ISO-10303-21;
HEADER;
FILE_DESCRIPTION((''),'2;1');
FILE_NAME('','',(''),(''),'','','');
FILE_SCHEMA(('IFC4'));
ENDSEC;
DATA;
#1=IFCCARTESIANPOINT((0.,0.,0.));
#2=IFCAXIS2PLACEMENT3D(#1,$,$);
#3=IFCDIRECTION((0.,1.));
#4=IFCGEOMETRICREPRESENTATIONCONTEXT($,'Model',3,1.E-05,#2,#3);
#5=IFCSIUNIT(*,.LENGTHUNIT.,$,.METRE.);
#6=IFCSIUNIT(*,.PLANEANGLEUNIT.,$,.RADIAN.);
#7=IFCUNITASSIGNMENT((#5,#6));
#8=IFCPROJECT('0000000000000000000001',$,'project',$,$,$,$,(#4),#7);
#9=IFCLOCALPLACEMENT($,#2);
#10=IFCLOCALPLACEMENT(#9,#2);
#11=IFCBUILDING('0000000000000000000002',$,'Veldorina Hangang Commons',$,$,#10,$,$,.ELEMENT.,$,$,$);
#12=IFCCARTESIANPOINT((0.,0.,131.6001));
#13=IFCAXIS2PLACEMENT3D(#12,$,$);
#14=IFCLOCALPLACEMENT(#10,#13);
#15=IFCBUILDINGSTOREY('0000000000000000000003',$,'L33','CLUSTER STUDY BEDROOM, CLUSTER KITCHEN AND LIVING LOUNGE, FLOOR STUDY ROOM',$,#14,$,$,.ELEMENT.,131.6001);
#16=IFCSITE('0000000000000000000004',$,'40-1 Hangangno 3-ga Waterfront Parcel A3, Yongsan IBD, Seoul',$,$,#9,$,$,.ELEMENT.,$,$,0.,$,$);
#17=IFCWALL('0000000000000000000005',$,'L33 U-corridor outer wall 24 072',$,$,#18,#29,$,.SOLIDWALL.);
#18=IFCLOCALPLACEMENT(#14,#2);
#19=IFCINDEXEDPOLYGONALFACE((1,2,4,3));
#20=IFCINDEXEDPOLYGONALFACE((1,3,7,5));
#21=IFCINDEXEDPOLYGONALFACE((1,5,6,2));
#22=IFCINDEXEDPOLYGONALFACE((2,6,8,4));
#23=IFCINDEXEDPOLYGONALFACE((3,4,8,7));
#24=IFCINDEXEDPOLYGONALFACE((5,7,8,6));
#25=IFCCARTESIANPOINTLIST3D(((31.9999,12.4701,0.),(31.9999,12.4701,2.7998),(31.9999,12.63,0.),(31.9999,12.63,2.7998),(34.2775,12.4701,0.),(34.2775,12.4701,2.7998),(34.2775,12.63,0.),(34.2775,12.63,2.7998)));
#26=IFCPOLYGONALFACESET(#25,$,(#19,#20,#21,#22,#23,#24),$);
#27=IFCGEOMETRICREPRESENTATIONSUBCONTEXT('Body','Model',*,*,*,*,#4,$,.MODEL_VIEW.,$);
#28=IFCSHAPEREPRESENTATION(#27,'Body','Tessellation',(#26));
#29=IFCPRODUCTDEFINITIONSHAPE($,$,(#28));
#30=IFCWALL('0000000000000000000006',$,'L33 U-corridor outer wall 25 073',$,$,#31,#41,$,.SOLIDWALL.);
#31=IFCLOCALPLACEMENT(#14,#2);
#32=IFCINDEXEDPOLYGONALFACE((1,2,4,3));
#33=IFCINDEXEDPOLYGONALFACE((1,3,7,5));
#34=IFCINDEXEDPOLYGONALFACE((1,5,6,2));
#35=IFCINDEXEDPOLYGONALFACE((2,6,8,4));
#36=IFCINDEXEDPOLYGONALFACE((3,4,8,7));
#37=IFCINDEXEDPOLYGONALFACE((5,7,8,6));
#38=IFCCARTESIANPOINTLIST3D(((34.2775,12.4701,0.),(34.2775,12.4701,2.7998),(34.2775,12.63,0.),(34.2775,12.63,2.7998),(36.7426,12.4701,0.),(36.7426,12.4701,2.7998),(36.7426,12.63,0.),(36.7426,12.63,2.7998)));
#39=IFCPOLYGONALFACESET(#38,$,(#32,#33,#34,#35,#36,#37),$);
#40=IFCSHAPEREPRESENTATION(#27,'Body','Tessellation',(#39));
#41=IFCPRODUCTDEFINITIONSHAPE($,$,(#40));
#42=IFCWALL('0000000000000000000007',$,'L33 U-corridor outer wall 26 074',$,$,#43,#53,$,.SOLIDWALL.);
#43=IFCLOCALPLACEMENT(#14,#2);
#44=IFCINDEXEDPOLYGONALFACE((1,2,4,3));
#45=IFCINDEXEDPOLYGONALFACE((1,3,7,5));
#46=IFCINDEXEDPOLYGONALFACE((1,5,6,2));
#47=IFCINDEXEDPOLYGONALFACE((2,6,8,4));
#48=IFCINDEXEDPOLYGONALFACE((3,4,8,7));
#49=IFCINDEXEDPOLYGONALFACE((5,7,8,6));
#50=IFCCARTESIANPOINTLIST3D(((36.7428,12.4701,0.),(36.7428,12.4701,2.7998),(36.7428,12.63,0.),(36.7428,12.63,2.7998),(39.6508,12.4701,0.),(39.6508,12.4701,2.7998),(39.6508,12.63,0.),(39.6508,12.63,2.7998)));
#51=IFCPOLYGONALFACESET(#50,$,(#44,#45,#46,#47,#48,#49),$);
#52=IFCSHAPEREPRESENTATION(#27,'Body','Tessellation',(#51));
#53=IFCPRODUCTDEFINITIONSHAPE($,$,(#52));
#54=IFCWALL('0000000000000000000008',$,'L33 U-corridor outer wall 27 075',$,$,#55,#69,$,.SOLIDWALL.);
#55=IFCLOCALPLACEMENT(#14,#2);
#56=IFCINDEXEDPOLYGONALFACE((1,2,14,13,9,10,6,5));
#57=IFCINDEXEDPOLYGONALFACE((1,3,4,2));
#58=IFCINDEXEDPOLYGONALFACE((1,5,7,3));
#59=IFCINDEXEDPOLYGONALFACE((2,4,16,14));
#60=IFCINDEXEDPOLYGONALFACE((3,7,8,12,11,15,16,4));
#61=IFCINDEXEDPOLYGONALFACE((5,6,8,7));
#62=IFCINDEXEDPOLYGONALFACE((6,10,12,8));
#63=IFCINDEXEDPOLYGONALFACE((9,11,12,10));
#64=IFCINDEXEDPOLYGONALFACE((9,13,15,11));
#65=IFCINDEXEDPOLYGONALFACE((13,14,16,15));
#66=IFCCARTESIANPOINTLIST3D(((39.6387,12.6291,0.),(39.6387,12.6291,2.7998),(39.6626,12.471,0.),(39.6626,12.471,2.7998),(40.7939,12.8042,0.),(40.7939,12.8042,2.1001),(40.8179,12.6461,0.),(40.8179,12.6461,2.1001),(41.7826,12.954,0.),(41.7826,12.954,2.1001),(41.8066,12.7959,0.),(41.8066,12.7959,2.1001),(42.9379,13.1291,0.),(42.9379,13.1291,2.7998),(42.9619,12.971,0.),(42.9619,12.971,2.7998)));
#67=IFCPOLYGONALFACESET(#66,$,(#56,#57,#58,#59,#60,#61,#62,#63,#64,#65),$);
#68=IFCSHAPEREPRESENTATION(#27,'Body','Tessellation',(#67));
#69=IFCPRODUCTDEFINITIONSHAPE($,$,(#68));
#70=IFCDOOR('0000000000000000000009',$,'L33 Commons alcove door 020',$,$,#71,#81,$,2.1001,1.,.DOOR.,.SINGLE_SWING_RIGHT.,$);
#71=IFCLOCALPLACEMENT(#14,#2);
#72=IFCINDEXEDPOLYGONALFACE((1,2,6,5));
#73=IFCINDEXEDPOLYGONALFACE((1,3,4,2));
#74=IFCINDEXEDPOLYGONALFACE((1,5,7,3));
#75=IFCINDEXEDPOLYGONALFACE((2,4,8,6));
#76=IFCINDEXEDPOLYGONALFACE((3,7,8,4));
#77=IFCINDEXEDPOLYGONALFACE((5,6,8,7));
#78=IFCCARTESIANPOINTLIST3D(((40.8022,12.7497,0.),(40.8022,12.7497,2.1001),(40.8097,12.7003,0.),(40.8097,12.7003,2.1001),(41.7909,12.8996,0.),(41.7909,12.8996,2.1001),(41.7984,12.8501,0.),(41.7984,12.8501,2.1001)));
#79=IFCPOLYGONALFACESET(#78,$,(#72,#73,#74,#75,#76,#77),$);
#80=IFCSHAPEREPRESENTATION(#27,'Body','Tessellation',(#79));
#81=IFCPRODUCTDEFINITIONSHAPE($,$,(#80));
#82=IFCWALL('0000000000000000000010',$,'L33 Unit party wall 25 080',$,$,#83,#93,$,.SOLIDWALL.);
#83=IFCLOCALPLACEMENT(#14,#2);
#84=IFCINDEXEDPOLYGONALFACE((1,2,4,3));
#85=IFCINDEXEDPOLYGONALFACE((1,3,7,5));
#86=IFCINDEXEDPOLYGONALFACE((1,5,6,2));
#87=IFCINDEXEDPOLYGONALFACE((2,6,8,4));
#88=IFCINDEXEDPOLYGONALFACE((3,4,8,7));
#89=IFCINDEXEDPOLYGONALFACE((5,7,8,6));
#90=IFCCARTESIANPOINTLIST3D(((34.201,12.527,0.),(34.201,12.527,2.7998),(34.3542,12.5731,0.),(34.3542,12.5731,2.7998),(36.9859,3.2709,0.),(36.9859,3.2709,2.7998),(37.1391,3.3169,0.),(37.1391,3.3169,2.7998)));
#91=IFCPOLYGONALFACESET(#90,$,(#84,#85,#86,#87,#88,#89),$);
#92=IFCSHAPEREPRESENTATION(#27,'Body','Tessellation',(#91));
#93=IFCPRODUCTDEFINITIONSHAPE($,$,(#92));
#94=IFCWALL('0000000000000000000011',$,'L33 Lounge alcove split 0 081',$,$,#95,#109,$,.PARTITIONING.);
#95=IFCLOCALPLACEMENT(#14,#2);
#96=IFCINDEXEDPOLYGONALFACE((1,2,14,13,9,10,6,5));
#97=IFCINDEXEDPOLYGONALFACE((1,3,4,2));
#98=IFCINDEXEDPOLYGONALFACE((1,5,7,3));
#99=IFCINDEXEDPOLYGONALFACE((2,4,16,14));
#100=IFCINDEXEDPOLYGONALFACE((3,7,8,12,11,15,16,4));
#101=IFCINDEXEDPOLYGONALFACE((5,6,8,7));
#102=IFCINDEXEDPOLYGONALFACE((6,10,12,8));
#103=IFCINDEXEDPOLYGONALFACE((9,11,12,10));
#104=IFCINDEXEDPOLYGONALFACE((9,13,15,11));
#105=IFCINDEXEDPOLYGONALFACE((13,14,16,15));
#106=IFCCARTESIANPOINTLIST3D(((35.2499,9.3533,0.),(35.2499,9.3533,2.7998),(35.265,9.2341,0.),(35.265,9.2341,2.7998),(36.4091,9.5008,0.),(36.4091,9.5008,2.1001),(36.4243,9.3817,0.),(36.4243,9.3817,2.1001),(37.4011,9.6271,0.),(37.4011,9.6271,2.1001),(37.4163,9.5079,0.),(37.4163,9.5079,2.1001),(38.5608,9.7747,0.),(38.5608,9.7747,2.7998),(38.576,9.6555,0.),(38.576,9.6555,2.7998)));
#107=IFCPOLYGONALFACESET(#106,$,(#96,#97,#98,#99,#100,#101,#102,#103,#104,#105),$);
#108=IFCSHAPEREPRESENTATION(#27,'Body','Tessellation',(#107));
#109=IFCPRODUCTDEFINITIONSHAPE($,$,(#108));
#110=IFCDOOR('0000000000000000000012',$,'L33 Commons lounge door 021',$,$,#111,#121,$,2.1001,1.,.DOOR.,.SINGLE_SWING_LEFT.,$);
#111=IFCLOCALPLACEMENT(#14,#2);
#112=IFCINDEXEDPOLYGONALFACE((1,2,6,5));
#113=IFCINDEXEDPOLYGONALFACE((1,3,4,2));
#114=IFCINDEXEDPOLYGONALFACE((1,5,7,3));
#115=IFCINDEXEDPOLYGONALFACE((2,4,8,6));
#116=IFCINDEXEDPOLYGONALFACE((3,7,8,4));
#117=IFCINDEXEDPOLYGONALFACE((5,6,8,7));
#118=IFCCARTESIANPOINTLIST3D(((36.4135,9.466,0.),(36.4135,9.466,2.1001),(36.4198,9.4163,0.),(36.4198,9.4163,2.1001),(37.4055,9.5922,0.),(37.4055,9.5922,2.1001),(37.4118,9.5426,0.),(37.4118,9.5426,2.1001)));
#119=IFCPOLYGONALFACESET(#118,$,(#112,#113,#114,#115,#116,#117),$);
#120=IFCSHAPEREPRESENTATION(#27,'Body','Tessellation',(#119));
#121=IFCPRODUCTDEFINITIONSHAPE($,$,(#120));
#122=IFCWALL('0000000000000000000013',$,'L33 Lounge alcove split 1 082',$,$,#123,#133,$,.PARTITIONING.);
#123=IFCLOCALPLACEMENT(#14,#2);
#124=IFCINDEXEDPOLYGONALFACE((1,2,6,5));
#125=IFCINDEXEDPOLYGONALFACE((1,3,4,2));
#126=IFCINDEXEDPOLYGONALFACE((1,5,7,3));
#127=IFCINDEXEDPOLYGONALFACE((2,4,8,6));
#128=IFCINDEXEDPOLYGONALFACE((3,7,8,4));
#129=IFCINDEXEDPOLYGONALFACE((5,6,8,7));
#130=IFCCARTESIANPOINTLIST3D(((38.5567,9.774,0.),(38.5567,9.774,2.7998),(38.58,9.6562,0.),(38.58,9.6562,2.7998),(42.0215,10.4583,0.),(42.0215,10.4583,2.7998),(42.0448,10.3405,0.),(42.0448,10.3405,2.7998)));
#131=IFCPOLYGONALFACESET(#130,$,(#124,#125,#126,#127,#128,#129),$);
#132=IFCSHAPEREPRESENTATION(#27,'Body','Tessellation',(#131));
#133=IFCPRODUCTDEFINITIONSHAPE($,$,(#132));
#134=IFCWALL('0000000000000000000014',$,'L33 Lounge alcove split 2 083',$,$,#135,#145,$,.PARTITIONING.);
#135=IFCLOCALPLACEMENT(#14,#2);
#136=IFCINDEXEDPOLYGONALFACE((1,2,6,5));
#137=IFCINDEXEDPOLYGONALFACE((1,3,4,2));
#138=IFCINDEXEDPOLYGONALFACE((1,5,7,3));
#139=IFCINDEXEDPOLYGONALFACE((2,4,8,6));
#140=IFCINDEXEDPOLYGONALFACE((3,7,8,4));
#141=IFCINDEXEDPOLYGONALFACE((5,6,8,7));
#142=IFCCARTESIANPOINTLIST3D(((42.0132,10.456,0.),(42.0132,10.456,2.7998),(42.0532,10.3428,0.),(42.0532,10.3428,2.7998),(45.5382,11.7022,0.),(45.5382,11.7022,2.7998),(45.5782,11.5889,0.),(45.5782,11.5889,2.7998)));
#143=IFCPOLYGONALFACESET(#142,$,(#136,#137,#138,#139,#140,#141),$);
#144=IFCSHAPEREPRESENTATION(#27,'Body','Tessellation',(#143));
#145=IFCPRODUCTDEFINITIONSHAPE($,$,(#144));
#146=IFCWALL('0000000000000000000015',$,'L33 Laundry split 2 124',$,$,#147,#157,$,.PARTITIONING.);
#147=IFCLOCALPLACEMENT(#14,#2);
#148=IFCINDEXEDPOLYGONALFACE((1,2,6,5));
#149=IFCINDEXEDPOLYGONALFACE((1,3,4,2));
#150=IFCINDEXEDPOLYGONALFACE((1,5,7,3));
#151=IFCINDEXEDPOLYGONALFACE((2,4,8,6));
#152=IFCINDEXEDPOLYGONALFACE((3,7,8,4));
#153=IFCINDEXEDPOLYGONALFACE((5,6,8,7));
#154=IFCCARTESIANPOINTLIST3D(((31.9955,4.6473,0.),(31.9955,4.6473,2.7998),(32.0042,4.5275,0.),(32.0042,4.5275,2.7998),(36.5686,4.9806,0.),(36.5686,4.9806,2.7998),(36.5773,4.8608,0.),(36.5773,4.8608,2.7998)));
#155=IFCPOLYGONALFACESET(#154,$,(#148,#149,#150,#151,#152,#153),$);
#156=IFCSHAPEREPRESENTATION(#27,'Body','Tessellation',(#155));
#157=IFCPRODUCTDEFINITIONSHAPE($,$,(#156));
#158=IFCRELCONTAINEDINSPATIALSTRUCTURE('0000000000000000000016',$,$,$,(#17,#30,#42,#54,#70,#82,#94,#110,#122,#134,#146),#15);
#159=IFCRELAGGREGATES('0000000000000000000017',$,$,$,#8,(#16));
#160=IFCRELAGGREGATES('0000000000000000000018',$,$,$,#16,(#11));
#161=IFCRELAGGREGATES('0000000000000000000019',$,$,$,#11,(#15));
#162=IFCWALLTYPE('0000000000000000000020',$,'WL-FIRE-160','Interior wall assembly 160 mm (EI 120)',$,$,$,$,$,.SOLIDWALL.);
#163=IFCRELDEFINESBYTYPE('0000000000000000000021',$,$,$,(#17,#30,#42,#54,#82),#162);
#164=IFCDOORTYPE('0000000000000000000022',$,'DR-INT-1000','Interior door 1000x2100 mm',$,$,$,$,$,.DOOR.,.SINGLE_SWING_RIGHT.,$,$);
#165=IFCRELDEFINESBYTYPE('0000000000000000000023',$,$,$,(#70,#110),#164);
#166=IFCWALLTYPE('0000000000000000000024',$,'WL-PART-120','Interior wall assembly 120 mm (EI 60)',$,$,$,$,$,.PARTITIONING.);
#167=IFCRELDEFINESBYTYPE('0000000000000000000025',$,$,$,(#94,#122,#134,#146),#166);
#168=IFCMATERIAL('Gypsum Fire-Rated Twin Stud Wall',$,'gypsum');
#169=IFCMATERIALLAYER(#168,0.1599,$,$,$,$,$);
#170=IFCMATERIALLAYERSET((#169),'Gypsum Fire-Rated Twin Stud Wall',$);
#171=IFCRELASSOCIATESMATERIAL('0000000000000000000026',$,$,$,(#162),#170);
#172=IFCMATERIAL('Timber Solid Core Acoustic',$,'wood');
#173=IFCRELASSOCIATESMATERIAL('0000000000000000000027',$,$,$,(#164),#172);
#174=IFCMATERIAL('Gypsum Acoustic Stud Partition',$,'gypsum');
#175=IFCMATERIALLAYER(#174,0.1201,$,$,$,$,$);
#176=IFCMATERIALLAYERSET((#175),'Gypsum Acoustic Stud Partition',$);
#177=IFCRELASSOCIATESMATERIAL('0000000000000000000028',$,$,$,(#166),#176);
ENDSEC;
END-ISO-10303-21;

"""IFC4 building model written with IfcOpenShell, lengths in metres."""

from ifc_helpers import new_model, si_unit, direction, frame, frame_2d, origin, place, context, subcontext, project, spatial, rectangle, extrude, material, layer, layer_set, type_object, element, fill, save


model = new_model("IFC4")

# Units and contexts
model_context = context("Model", 3, precision=1e-05, world=origin(), true_north=direction((0.0, 1.0)))
body_context = subcontext(model_context, "Body", "Model", "MODEL_VIEW")
ifc_project = project(units=[si_unit("LENGTHUNIT", "METRE"), si_unit("PLANEANGLEUNIT", "RADIAN")], contexts=[model_context])

# Site, building, storey
site_placement = place(None, origin())
site = spatial("IfcSite", under=ifc_project, at=site_placement, Name="40-1 Hangangno 3-ga Waterfront Parcel A3, Yongsan IBD, Seoul", CompositionType="ELEMENT", RefElevation=0.0)
building_placement = place(site_placement, origin())
building = spatial("IfcBuilding", under=site, at=building_placement, Name="Veldorina Hangang Commons", CompositionType="ELEMENT")
storey_placement = place(building_placement, frame((0.0, 0.0, 131.6001)))
storey = spatial("IfcBuildingStorey", under=building, at=storey_placement, Name="L33", Description="CLUSTER STUDY BEDROOM, CLUSTER KITCHEN AND LIVING LOUNGE, FLOOR STUDY ROOM", CompositionType="ELEMENT", Elevation=131.6001)

# Walls
ifc_material_1 = material(Name="Gypsum Fire-Rated Twin Stud Wall", Category="gypsum")
ifc_layer_1 = layer(ifc_material_1, 0.1599)
ifc_layer_set_1 = layer_set([ifc_layer_1], Name="Gypsum Fire-Rated Twin Stud Wall")
wall_type_1 = type_object("IfcWallType", Name="WL-FIRE-160", Description="Interior wall assembly 160 mm (EI 120)", PredefinedType="SOLIDWALL", material=ifc_layer_set_1)
wall_1_placement = place(storey_placement, frame((32.0, 12.55, 0.0), z_axis=(0.0, 0.0, 1.0), x_axis=(1.0, 0.0, 0.0)))
element("IfcWall", 1, at=wall_1_placement, inside=storey, type_object=wall_type_1, Name="L33 U-corridor outer wall 24 072", PredefinedType="SOLIDWALL", context=body_context, shape_type="SweptSolid", body=[
    extrude(rectangle(XDim=2.2776, YDim=0.1599, at=frame_2d((1.1387, 0.0))), origin(), (0.0, 0.0, 1.0), 2.7998),
])
wall_2_placement = place(storey_placement, frame((34.2776, 12.55, 0.0), z_axis=(0.0, 0.0, 1.0), x_axis=(1.0, 0.0, 0.0)))
element("IfcWall", 2, at=wall_2_placement, inside=storey, type_object=wall_type_1, Name="L33 U-corridor outer wall 25 073", PredefinedType="SOLIDWALL", context=body_context, shape_type="SweptSolid", body=[
    extrude(rectangle(XDim=2.4651, YDim=0.1599, at=frame_2d((1.2324, 0.0))), origin(), (0.0, 0.0, 1.0), 2.7998),
])
wall_3_placement = place(storey_placement, frame((36.7427, 12.55, 0.0), z_axis=(0.0, 0.0, 1.0), x_axis=(1.0, 0.0, 0.0)))
element("IfcWall", 3, at=wall_3_placement, inside=storey, type_object=wall_type_1, Name="L33 U-corridor outer wall 26 074", PredefinedType="SOLIDWALL", context=body_context, shape_type="SweptSolid", body=[
    extrude(rectangle(XDim=2.908, YDim=0.1599, at=frame_2d((1.4541, 0.0))), origin(), (0.0, 0.0, 1.0), 2.7998),
])

# Wall, opening, door
wall_4_placement = place(storey_placement, frame((39.6506, 12.55, 0.0), z_axis=(0.0, 0.0, 1.0), x_axis=(0.988711, 0.149836, 0.0)))
wall_4 = element("IfcWall", 4, at=wall_4_placement, inside=storey, type_object=wall_type_1, Name="L33 U-corridor outer wall 27 075", PredefinedType="SOLIDWALL", context=body_context, shape_type="SweptSolid", body=[
    extrude(rectangle(XDim=3.3369, YDim=0.1599, at=frame_2d((1.6685, 0.0))), origin(), (0.0, 0.0, 1.0), 2.7998),
])
opening_1_placement = place(wall_4_placement, frame((1.1685, 0.0, 0.0)))
opening_1 = element("IfcOpeningElement", 5, at=opening_1_placement, cuts=wall_4, PredefinedType="OPENING", context=body_context, shape_type="SweptSolid", body=[
    extrude(rectangle(XDim=1.0, YDim=2.1001, at=frame_2d((0.5, 1.05))), frame((0.0, 0.0898, 0.0), z_axis=(0.0, -1.0, 0.0), x_axis=(1.0, 0.0, 0.0)), (0.0, 0.0, 1.0), 0.1799),
])
ifc_material_2 = material(Name="Timber Solid Core Acoustic", Category="wood")
door_type_1 = type_object("IfcDoorType", Name="DR-INT-1000", Description="Interior door 1000x2100 mm", OperationType="SINGLE_SWING_RIGHT", PredefinedType="DOOR", material=ifc_material_2)
door_1_placement = place(opening_1_placement, origin())
door_1 = element("IfcDoor", 6, at=door_1_placement, inside=storey, type_object=door_type_1, Name="L33 Commons alcove door 020", OperationType="SINGLE_SWING_RIGHT", OverallHeight=2.1001, OverallWidth=1.0, PredefinedType="DOOR", context=body_context, shape_type="SweptSolid", body=[
    extrude(rectangle(XDim=1.0, YDim=2.1001, at=frame_2d((0.5, 1.05))), frame((0.0, 0.0249, 0.0), z_axis=(0.0, -1.0, 0.0), x_axis=(1.0, 0.0, 0.0)), (0.0, 0.0, 1.0), 0.05),
])
fill(opening_1, door_1)

# Wall
wall_5_placement = place(storey_placement, frame((34.2776, 12.55, 0.0), z_axis=(0.0, 0.0, 1.0), x_axis=(0.288115, -0.957596, 0.0)))
element("IfcWall", 7, at=wall_5_placement, inside=storey, type_object=wall_type_1, Name="L33 Unit party wall 25 080", PredefinedType="SOLIDWALL", context=body_context, shape_type="SweptSolid", body=[
    extrude(rectangle(XDim=9.666, YDim=0.1599, at=frame_2d((4.833, 0.0))), origin(), (0.0, 0.0, 1.0), 2.7998),
])

# Wall, opening, door
ifc_material_3 = material(Name="Gypsum Acoustic Stud Partition", Category="gypsum")
ifc_layer_2 = layer(ifc_material_3, 0.1201)
ifc_layer_set_2 = layer_set([ifc_layer_2], Name="Gypsum Acoustic Stud Partition")
wall_type_2 = type_object("IfcWallType", Name="WL-PART-120", Description="Interior wall assembly 120 mm (EI 60)", PredefinedType="PARTITIONING", material=ifc_layer_set_2)
wall_6_placement = place(storey_placement, frame((35.2573, 9.2937, 0.0), z_axis=(0.0, 0.0, 1.0), x_axis=(0.991999, 0.126249, 0.0)))
wall_6 = element("IfcWall", 8, at=wall_6_placement, inside=storey, type_object=wall_type_2, Name="L33 Lounge alcove split 0 081", PredefinedType="PARTITIONING", context=body_context, shape_type="SweptSolid", body=[
    extrude(rectangle(XDim=3.3376, YDim=0.1201, at=frame_2d((1.6689, 0.0))), origin(), (0.0, 0.0, 1.0), 2.7998),
])
opening_2_placement = place(wall_6_placement, frame((1.1687, 0.0, 0.0)))
opening_2 = element("IfcOpeningElement", 9, at=opening_2_placement, cuts=wall_6, PredefinedType="OPENING", context=body_context, shape_type="SweptSolid", body=[
    extrude(rectangle(XDim=1.0, YDim=2.1001, at=frame_2d((0.5, 1.05))), frame((0.0, 0.0701, 0.0), z_axis=(0.0, -1.0, 0.0), x_axis=(1.0, 0.0, 0.0)), (0.0, 0.0, 1.0), 0.1401),
])
door_2_placement = place(opening_2_placement, origin())
door_2 = element("IfcDoor", 10, at=door_2_placement, inside=storey, type_object=door_type_1, Name="L33 Commons lounge door 021", OperationType="SINGLE_SWING_LEFT", OverallHeight=2.1001, OverallWidth=1.0, PredefinedType="DOOR", context=body_context, shape_type="SweptSolid", body=[
    extrude(rectangle(XDim=1.0, YDim=2.1001, at=frame_2d((0.5, 1.05))), frame((0.0, 0.0249, 0.0), z_axis=(0.0, -1.0, 0.0), x_axis=(1.0, 0.0, 0.0)), (0.0, 0.0, 1.0), 0.05),
])
fill(opening_2, door_2)

# Walls
wall_7_placement = place(storey_placement, frame((38.5684, 9.7151, 0.0), z_axis=(0.0, 0.0, 1.0), x_axis=(0.981048, 0.193763, 0.0)))
element("IfcWall", 11, at=wall_7_placement, inside=storey, type_object=wall_type_2, Name="L33 Lounge alcove split 1 082", PredefinedType="PARTITIONING", context=body_context, shape_type="SweptSolid", body=[
    extrude(rectangle(XDim=3.5317, YDim=0.1201, at=frame_2d((1.7659, 0.0))), origin(), (0.0, 0.0, 1.0), 2.7998),
])
wall_8_placement = place(storey_placement, frame((42.0332, 10.3994, 0.0), z_axis=(0.0, 0.0, 1.0), x_axis=(0.942821, 0.333298, 0.0)))
element("IfcWall", 12, at=wall_8_placement, inside=storey, type_object=wall_type_2, Name="L33 Lounge alcove split 2 083", PredefinedType="PARTITIONING", context=body_context, shape_type="SweptSolid", body=[
    extrude(rectangle(XDim=3.7388, YDim=0.1201, at=frame_2d((1.8694, 0.0))), origin(), (0.0, 0.0, 1.0), 2.7998),
])
wall_9_placement = place(storey_placement, frame((32.0, 4.5874, 0.0), z_axis=(0.0, 0.0, 1.0), x_axis=(0.997355, 0.072681, 0.0)))
element("IfcWall", 13, at=wall_9_placement, inside=storey, type_object=wall_type_2, Name="L33 Laundry split 2 124", PredefinedType="PARTITIONING", context=body_context, shape_type="SweptSolid", body=[
    extrude(rectangle(XDim=4.5852, YDim=0.1201, at=frame_2d((2.2925, 0.0))), origin(), (0.0, 0.0, 1.0), 2.7998),
])

save(model, "model.ifc")
